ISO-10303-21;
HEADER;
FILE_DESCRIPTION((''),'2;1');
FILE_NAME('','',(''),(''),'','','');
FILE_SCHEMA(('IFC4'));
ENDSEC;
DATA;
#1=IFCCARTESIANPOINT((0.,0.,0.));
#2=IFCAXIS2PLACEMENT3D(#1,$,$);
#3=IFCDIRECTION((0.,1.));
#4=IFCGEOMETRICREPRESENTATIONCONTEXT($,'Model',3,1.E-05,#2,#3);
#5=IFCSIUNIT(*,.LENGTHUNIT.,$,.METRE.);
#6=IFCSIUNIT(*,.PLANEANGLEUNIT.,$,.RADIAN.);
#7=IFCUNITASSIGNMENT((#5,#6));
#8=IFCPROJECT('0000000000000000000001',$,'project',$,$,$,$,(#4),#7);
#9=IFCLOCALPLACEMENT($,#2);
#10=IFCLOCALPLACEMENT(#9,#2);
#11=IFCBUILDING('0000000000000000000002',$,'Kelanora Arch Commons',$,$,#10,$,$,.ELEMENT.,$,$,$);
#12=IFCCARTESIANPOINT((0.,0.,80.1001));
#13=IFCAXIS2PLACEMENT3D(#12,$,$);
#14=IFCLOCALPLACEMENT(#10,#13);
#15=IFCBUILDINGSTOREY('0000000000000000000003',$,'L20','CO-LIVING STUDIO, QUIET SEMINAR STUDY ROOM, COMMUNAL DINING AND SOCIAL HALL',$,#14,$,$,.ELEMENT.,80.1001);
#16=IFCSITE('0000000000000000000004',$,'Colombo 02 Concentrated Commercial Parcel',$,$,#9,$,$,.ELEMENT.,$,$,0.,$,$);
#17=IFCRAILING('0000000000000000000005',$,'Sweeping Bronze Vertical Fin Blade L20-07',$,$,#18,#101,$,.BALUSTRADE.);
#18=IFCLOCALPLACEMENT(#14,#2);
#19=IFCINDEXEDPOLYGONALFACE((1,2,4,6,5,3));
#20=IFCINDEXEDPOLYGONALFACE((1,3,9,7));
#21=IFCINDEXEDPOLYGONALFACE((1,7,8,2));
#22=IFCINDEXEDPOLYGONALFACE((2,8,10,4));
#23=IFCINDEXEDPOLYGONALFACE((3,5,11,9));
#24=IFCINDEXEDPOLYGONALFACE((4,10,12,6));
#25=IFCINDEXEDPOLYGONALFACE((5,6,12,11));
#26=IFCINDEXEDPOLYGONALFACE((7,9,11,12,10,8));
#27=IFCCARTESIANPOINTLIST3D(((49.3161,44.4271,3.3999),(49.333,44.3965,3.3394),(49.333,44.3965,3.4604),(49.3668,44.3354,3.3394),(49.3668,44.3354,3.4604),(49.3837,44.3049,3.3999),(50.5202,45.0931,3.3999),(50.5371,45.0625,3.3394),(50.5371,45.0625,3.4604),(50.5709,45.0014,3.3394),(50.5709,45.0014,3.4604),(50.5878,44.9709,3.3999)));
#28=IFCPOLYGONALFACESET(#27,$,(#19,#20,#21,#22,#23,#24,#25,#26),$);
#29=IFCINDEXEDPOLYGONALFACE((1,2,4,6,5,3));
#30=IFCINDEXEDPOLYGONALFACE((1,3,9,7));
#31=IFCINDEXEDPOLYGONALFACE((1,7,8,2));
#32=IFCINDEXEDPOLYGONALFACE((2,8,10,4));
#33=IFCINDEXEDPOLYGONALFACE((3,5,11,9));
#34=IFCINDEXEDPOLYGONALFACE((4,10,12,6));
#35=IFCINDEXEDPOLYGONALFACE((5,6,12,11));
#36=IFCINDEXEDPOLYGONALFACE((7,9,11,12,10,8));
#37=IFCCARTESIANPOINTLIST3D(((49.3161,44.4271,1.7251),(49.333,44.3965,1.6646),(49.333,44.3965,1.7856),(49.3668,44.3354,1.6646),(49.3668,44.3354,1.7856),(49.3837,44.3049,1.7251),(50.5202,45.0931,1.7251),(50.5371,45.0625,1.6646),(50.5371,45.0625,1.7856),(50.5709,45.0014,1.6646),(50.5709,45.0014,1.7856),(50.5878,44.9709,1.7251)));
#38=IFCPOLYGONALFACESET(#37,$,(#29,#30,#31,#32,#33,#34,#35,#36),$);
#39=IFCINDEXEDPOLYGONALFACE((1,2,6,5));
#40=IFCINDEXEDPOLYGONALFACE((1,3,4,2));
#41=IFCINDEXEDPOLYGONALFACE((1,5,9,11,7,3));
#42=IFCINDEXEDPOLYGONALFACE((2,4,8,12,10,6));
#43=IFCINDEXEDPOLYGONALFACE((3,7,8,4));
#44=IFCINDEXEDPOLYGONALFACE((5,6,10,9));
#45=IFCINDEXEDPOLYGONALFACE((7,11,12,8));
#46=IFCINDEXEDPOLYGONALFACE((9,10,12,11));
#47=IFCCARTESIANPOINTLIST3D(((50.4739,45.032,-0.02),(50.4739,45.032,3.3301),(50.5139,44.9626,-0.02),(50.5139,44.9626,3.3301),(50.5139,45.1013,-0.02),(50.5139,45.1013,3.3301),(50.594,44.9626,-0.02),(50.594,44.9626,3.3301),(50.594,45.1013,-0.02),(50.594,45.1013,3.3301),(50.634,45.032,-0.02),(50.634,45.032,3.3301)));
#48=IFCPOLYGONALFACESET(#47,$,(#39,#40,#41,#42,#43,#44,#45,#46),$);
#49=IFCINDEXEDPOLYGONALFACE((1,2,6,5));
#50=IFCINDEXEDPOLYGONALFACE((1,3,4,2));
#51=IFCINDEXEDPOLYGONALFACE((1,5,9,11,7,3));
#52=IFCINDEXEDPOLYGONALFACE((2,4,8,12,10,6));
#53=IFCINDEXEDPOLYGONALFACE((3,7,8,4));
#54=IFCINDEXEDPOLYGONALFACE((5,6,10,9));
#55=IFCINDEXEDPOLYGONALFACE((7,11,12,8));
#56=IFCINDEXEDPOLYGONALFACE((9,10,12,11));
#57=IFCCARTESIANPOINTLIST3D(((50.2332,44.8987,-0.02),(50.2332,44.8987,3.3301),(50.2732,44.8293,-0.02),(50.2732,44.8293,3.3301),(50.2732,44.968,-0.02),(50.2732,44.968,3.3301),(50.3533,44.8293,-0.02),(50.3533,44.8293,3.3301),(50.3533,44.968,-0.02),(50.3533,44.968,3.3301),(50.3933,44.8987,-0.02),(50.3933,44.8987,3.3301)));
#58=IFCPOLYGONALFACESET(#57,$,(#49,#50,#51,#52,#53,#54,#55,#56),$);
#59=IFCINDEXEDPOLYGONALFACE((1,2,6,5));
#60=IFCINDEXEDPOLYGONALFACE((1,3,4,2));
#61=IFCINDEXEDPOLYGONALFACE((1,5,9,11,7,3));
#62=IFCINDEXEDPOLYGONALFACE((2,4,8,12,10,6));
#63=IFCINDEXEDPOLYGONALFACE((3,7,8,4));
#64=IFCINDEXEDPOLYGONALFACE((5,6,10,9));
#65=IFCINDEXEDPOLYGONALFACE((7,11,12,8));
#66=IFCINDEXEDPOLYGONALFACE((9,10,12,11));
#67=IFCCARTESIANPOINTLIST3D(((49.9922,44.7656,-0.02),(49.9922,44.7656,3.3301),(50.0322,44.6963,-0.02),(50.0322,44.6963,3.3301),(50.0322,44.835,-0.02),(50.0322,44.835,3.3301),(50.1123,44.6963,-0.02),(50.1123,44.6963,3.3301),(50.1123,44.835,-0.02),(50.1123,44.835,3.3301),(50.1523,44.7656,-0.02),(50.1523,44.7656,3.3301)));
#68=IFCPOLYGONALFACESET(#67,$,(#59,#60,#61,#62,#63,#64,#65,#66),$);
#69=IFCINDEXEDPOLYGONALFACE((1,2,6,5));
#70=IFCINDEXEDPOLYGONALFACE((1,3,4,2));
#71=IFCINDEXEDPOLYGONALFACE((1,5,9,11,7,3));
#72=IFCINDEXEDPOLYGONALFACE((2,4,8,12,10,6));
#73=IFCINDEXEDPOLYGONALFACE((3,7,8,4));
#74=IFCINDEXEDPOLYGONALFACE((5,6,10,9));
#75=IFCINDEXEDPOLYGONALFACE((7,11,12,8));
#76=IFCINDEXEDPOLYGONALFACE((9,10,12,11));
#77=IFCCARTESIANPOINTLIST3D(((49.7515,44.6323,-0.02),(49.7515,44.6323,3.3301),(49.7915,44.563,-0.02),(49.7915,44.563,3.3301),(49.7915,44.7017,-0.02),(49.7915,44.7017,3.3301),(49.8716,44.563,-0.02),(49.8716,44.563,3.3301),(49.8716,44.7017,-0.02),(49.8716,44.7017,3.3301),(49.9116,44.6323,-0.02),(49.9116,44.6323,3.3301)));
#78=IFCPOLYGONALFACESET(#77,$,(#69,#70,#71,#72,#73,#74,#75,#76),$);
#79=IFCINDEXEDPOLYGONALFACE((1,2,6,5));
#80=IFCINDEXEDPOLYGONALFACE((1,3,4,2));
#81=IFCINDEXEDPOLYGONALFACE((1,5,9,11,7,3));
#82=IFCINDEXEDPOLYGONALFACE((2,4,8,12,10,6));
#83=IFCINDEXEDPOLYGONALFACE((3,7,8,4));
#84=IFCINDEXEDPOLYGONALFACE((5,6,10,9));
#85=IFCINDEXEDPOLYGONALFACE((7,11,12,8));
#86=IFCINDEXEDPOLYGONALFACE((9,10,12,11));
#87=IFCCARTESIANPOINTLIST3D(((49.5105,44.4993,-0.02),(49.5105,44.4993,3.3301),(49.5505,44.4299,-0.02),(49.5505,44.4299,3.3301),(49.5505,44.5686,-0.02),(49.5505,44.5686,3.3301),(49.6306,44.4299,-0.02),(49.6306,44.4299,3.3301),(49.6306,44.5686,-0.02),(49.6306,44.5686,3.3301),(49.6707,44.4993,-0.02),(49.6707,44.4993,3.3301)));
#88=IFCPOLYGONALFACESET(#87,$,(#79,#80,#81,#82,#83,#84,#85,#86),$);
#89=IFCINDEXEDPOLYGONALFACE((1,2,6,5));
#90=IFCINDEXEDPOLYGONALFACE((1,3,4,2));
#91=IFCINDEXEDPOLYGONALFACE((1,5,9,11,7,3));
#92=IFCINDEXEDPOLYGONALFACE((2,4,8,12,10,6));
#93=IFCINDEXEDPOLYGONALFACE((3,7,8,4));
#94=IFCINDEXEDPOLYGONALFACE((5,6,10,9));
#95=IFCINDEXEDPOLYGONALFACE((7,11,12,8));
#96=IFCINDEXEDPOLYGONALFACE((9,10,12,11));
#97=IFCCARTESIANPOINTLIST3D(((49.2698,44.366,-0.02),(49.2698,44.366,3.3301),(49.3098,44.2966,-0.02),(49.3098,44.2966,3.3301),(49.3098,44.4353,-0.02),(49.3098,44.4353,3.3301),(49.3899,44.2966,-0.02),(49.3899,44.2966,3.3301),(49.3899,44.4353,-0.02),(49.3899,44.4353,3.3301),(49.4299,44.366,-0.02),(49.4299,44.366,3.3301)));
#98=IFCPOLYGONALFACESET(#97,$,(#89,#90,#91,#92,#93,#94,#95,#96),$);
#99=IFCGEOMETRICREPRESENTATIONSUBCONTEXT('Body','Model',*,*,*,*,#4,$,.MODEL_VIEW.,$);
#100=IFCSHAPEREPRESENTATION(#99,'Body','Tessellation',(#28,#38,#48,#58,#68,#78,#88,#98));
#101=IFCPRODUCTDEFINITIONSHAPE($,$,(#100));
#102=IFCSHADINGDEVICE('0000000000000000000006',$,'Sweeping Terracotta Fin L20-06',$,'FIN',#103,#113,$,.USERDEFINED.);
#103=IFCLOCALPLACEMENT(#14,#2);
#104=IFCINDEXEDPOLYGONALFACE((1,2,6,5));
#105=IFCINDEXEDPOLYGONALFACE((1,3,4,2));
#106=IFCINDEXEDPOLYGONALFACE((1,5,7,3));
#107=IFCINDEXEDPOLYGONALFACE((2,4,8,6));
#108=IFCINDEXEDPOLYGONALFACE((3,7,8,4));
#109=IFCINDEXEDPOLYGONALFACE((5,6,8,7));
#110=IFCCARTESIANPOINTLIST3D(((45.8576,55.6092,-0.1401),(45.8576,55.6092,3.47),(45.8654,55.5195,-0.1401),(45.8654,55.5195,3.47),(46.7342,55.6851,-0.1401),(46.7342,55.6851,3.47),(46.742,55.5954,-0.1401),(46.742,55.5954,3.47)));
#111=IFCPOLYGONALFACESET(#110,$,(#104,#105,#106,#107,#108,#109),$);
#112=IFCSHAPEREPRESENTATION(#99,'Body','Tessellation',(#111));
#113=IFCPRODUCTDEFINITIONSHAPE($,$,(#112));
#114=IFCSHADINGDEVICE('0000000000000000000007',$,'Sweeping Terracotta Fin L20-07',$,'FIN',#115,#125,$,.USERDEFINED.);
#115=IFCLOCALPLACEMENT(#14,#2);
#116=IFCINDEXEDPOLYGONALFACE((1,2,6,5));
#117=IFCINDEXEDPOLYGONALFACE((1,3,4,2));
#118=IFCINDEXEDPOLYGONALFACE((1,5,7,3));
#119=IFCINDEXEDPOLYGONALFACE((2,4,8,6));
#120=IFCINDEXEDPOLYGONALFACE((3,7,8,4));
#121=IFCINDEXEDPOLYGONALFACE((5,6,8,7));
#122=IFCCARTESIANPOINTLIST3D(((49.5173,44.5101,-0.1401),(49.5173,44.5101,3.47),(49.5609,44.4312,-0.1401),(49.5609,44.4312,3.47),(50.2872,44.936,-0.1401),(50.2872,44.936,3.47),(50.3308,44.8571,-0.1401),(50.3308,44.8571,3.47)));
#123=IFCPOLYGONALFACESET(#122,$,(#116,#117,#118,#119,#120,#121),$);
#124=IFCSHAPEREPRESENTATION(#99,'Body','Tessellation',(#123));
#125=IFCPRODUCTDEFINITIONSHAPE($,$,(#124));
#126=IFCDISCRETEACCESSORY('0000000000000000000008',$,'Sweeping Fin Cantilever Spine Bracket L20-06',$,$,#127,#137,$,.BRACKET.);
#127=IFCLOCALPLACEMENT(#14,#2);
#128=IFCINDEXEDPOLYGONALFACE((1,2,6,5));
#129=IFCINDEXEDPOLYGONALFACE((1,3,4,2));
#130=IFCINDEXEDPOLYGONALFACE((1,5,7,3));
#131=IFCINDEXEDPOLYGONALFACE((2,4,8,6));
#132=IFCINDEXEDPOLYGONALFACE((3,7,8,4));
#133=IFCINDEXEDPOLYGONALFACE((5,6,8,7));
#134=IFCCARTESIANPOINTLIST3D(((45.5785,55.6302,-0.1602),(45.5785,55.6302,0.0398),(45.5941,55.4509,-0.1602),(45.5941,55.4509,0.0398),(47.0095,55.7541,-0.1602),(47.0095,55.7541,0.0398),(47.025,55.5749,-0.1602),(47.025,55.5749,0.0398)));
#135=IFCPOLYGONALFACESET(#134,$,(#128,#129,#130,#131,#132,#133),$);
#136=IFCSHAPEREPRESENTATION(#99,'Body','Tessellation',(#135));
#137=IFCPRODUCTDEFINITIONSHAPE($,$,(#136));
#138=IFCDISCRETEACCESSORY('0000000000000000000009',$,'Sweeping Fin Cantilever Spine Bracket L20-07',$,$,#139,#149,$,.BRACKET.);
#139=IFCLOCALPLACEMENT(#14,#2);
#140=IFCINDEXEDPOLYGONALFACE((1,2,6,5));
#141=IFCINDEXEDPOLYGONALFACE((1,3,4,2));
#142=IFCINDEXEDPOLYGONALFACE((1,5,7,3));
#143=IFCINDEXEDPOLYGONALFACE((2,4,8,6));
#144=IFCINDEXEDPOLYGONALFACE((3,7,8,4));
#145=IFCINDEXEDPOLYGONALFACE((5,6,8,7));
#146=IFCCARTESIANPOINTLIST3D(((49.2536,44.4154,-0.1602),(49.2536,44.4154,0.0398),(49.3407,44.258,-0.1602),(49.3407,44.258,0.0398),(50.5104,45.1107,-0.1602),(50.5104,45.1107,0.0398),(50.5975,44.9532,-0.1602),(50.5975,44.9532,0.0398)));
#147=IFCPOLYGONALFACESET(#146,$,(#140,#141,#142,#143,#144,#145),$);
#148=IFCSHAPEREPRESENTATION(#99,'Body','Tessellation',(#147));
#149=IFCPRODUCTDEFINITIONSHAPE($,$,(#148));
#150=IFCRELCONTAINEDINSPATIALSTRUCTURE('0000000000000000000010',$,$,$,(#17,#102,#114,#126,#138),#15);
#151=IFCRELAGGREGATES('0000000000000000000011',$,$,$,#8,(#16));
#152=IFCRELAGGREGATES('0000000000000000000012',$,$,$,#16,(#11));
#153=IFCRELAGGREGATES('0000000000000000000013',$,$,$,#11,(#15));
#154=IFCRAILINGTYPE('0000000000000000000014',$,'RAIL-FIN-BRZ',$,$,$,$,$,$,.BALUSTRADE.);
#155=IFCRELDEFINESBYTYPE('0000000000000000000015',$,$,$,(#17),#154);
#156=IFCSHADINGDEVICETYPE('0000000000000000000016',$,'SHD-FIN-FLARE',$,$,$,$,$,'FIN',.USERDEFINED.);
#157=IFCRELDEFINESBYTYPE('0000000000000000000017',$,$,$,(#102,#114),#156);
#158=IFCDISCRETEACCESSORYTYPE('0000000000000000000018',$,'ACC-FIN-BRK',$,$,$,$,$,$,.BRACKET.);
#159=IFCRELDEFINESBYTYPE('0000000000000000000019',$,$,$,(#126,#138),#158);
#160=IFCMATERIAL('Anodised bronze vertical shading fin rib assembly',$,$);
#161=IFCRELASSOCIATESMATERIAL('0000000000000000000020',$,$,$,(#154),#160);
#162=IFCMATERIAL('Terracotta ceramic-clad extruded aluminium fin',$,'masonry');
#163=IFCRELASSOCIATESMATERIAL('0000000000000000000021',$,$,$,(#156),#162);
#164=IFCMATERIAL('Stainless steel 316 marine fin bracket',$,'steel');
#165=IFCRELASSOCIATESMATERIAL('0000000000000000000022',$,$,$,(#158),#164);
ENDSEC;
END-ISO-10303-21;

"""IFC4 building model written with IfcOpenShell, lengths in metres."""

from ifc_helpers import new_model, si_unit, direction, frame, origin, origin_2d, place, context, subcontext, project, spatial, polyline, rectangle, outline, extrude, source, transform, mapped, material, type_object, element, save


model = new_model("IFC4")

# Units and contexts
model_context = context("Model", 3, precision=1e-05, world=origin(), true_north=direction((0.0, 1.0)))
body_context = subcontext(model_context, "Body", "Model", "MODEL_VIEW")
ifc_project = project(units=[si_unit("LENGTHUNIT", "METRE"), si_unit("PLANEANGLEUNIT", "RADIAN")], contexts=[model_context])

# Site, building, storey
site_placement = place(None, origin())
site = spatial("IfcSite", under=ifc_project, at=site_placement, Name="Colombo 02 Concentrated Commercial Parcel", CompositionType="ELEMENT", RefElevation=0.0)
building_placement = place(site_placement, origin())
building = spatial("IfcBuilding", under=site, at=building_placement, Name="Kelanora Arch Commons", CompositionType="ELEMENT")
storey_placement = place(building_placement, frame((0.0, 0.0, 80.1001)))
storey = spatial("IfcBuildingStorey", under=building, at=storey_placement, Name="L20", Description="CO-LIVING STUDIO, QUIET SEMINAR STUDY ROOM, COMMUNAL DINING AND SOCIAL HALL", CompositionType="ELEMENT", Elevation=80.1001)

# Railing
ifc_material_1 = material(Name="Anodised bronze vertical shading fin rib assembly")
railing_type = type_object("IfcRailingType", Name="RAIL-FIN-BRZ", PredefinedType="BALUSTRADE", material=ifc_material_1)
railing_1_placement = place(storey_placement, frame((50.554, 45.032, -0.02)))
element("IfcRailing", 1, at=railing_1_placement, inside=storey, type_object=railing_type, Name="Sweeping Bronze Vertical Fin Blade L20-07", PredefinedType="BALUSTRADE", context=body_context, shape_type="SweptSolid", body=[
    extrude(outline(polyline([(0.0698, 0.0), (0.0349, 0.0605), (-0.0349, 0.0605), (-0.0698, 0.0), (-0.0349, -0.0605), (0.0349, -0.0605), (0.0698, 0.0)])), frame((0.0, 0.0, 3.4199), z_axis=(-0.87506, -0.484015, 0.0), x_axis=(0.484015, -0.87506, 0.0)), (0.0, 0.0, 1.0), 1.376),
    extrude(outline(polyline([(0.0698, 0.0), (0.0349, 0.0605), (-0.0349, 0.0605), (-0.0698, 0.0), (-0.0349, -0.0605), (0.0349, -0.0605), (0.0698, 0.0)])), frame((0.0, 0.0, 1.7451), z_axis=(-0.87506, -0.484015, 0.0), x_axis=(0.484015, -0.87506, 0.0)), (0.0, 0.0, 1.0), 1.376),
    extrude(outline(polyline([(0.0801, 0.0), (0.04, 0.0693), (-0.04, 0.0693), (-0.0801, 0.0), (-0.04, -0.0693), (0.04, -0.0693), (0.0801, 0.0)])), origin(), (0.0, 0.0, 1.0), 3.3501),
    extrude(outline(polyline([(0.0801, 0.0), (0.04, 0.0693), (-0.04, 0.0693), (-0.0801, 0.0), (-0.04, -0.0693), (0.04, -0.0693), (0.0801, 0.0)])), frame((-0.2407, -0.1333, 0.0)), (0.0, 0.0, 1.0), 3.3501),
    extrude(outline(polyline([(0.0801, 0.0), (0.04, 0.0693), (-0.04, 0.0693), (-0.0801, 0.0), (-0.04, -0.0693), (0.04, -0.0693), (0.0801, 0.0)])), frame((-0.4817, -0.2664, 0.0)), (0.0, 0.0, 1.0), 3.3501),
    extrude(outline(polyline([(0.0801, 0.0), (0.04, 0.0693), (-0.04, 0.0693), (-0.0801, 0.0), (-0.04, -0.0693), (0.04, -0.0693), (0.0801, 0.0)])), frame((-0.7224, -0.3997, 0.0)), (0.0, 0.0, 1.0), 3.3501),
    extrude(outline(polyline([(0.0801, 0.0), (0.04, 0.0693), (-0.04, 0.0693), (-0.0801, 0.0), (-0.04, -0.0693), (0.04, -0.0693), (0.0801, 0.0)])), frame((-0.9634, -0.5327, 0.0)), (0.0, 0.0, 1.0), 3.3501),
    extrude(outline(polyline([(0.0801, 0.0), (0.04, 0.0693), (-0.04, 0.0693), (-0.0801, 0.0), (-0.04, -0.0693), (0.04, -0.0693), (0.0801, 0.0)])), frame((-1.2041, -0.666, 0.0)), (0.0, 0.0, 1.0), 3.3501),
])

# Shading devices
ifc_material_2 = material(Name="Terracotta ceramic-clad extruded aluminium fin", Category="masonry")
shading_device_type = type_object("IfcShadingDeviceType", Name="SHD-FIN-FLARE", ElementType="FIN", PredefinedType="USERDEFINED", material=ifc_material_2)
shared_shape_1 = source(origin(), body_context, "Body", "SweptSolid", [
    extrude(rectangle(XDim=0.8799, YDim=0.0901, at=origin_2d()), origin(), (0.0, 0.0, 1.0), 3.6101),
])
for number, where, z_axis, x_axis, name in (
    (2, (46.2998, 55.6023, -0.1401), (0.0, 0.0, 1.0), (-0.99627, -0.086286, 0.0), "Sweeping Terracotta Fin L20-06"),
    (3, (49.9241, 44.6836, -0.1401), (0.0, 0.0, 1.0), (-0.875042, -0.484046, 0.0), "Sweeping Terracotta Fin L20-07"),
):
    element("IfcShadingDevice", number, at=place(storey_placement, frame(where, z_axis=z_axis, x_axis=x_axis)), inside=storey, type_object=shading_device_type, Name=name, ObjectType="FIN", PredefinedType="USERDEFINED", context=body_context, shape_type="MappedRepresentation", body=[
        mapped(shared_shape_1, transform((0.0, 0.0, 0.0), scale=1.0)),
    ])

# Discrete accessories
ifc_material_3 = material(Name="Stainless steel 316 marine fin bracket", Category="steel")
discrete_accessory_type = type_object("IfcDiscreteAccessoryType", Name="ACC-FIN-BRK", PredefinedType="BRACKET", material=ifc_material_3)
shared_shape_2 = source(origin(), body_context, "Body", "SweptSolid", [
    extrude(rectangle(XDim=1.4363, YDim=0.1799, at=origin_2d()), origin(), (0.0, 0.0, 1.0), 0.2),
])
for number, where, z_axis, x_axis, name in (
    (4, (46.3018, 55.6025, -0.1602), (0.0, 0.0, 1.0), (-0.99627, -0.086286, 0.0), "Sweeping Fin Cantilever Spine Bracket L20-06"),
    (5, (49.9255, 44.6843, -0.1602), (0.0, 0.0, 1.0), (-0.875042, -0.484046, 0.0), "Sweeping Fin Cantilever Spine Bracket L20-07"),
):
    element("IfcDiscreteAccessory", number, at=place(storey_placement, frame(where, z_axis=z_axis, x_axis=x_axis)), inside=storey, type_object=discrete_accessory_type, Name=name, PredefinedType="BRACKET", context=body_context, shape_type="MappedRepresentation", body=[
        mapped(shared_shape_2, transform((0.0, 0.0, 0.0), scale=1.0)),
    ])

save(model, "model.ifc")
